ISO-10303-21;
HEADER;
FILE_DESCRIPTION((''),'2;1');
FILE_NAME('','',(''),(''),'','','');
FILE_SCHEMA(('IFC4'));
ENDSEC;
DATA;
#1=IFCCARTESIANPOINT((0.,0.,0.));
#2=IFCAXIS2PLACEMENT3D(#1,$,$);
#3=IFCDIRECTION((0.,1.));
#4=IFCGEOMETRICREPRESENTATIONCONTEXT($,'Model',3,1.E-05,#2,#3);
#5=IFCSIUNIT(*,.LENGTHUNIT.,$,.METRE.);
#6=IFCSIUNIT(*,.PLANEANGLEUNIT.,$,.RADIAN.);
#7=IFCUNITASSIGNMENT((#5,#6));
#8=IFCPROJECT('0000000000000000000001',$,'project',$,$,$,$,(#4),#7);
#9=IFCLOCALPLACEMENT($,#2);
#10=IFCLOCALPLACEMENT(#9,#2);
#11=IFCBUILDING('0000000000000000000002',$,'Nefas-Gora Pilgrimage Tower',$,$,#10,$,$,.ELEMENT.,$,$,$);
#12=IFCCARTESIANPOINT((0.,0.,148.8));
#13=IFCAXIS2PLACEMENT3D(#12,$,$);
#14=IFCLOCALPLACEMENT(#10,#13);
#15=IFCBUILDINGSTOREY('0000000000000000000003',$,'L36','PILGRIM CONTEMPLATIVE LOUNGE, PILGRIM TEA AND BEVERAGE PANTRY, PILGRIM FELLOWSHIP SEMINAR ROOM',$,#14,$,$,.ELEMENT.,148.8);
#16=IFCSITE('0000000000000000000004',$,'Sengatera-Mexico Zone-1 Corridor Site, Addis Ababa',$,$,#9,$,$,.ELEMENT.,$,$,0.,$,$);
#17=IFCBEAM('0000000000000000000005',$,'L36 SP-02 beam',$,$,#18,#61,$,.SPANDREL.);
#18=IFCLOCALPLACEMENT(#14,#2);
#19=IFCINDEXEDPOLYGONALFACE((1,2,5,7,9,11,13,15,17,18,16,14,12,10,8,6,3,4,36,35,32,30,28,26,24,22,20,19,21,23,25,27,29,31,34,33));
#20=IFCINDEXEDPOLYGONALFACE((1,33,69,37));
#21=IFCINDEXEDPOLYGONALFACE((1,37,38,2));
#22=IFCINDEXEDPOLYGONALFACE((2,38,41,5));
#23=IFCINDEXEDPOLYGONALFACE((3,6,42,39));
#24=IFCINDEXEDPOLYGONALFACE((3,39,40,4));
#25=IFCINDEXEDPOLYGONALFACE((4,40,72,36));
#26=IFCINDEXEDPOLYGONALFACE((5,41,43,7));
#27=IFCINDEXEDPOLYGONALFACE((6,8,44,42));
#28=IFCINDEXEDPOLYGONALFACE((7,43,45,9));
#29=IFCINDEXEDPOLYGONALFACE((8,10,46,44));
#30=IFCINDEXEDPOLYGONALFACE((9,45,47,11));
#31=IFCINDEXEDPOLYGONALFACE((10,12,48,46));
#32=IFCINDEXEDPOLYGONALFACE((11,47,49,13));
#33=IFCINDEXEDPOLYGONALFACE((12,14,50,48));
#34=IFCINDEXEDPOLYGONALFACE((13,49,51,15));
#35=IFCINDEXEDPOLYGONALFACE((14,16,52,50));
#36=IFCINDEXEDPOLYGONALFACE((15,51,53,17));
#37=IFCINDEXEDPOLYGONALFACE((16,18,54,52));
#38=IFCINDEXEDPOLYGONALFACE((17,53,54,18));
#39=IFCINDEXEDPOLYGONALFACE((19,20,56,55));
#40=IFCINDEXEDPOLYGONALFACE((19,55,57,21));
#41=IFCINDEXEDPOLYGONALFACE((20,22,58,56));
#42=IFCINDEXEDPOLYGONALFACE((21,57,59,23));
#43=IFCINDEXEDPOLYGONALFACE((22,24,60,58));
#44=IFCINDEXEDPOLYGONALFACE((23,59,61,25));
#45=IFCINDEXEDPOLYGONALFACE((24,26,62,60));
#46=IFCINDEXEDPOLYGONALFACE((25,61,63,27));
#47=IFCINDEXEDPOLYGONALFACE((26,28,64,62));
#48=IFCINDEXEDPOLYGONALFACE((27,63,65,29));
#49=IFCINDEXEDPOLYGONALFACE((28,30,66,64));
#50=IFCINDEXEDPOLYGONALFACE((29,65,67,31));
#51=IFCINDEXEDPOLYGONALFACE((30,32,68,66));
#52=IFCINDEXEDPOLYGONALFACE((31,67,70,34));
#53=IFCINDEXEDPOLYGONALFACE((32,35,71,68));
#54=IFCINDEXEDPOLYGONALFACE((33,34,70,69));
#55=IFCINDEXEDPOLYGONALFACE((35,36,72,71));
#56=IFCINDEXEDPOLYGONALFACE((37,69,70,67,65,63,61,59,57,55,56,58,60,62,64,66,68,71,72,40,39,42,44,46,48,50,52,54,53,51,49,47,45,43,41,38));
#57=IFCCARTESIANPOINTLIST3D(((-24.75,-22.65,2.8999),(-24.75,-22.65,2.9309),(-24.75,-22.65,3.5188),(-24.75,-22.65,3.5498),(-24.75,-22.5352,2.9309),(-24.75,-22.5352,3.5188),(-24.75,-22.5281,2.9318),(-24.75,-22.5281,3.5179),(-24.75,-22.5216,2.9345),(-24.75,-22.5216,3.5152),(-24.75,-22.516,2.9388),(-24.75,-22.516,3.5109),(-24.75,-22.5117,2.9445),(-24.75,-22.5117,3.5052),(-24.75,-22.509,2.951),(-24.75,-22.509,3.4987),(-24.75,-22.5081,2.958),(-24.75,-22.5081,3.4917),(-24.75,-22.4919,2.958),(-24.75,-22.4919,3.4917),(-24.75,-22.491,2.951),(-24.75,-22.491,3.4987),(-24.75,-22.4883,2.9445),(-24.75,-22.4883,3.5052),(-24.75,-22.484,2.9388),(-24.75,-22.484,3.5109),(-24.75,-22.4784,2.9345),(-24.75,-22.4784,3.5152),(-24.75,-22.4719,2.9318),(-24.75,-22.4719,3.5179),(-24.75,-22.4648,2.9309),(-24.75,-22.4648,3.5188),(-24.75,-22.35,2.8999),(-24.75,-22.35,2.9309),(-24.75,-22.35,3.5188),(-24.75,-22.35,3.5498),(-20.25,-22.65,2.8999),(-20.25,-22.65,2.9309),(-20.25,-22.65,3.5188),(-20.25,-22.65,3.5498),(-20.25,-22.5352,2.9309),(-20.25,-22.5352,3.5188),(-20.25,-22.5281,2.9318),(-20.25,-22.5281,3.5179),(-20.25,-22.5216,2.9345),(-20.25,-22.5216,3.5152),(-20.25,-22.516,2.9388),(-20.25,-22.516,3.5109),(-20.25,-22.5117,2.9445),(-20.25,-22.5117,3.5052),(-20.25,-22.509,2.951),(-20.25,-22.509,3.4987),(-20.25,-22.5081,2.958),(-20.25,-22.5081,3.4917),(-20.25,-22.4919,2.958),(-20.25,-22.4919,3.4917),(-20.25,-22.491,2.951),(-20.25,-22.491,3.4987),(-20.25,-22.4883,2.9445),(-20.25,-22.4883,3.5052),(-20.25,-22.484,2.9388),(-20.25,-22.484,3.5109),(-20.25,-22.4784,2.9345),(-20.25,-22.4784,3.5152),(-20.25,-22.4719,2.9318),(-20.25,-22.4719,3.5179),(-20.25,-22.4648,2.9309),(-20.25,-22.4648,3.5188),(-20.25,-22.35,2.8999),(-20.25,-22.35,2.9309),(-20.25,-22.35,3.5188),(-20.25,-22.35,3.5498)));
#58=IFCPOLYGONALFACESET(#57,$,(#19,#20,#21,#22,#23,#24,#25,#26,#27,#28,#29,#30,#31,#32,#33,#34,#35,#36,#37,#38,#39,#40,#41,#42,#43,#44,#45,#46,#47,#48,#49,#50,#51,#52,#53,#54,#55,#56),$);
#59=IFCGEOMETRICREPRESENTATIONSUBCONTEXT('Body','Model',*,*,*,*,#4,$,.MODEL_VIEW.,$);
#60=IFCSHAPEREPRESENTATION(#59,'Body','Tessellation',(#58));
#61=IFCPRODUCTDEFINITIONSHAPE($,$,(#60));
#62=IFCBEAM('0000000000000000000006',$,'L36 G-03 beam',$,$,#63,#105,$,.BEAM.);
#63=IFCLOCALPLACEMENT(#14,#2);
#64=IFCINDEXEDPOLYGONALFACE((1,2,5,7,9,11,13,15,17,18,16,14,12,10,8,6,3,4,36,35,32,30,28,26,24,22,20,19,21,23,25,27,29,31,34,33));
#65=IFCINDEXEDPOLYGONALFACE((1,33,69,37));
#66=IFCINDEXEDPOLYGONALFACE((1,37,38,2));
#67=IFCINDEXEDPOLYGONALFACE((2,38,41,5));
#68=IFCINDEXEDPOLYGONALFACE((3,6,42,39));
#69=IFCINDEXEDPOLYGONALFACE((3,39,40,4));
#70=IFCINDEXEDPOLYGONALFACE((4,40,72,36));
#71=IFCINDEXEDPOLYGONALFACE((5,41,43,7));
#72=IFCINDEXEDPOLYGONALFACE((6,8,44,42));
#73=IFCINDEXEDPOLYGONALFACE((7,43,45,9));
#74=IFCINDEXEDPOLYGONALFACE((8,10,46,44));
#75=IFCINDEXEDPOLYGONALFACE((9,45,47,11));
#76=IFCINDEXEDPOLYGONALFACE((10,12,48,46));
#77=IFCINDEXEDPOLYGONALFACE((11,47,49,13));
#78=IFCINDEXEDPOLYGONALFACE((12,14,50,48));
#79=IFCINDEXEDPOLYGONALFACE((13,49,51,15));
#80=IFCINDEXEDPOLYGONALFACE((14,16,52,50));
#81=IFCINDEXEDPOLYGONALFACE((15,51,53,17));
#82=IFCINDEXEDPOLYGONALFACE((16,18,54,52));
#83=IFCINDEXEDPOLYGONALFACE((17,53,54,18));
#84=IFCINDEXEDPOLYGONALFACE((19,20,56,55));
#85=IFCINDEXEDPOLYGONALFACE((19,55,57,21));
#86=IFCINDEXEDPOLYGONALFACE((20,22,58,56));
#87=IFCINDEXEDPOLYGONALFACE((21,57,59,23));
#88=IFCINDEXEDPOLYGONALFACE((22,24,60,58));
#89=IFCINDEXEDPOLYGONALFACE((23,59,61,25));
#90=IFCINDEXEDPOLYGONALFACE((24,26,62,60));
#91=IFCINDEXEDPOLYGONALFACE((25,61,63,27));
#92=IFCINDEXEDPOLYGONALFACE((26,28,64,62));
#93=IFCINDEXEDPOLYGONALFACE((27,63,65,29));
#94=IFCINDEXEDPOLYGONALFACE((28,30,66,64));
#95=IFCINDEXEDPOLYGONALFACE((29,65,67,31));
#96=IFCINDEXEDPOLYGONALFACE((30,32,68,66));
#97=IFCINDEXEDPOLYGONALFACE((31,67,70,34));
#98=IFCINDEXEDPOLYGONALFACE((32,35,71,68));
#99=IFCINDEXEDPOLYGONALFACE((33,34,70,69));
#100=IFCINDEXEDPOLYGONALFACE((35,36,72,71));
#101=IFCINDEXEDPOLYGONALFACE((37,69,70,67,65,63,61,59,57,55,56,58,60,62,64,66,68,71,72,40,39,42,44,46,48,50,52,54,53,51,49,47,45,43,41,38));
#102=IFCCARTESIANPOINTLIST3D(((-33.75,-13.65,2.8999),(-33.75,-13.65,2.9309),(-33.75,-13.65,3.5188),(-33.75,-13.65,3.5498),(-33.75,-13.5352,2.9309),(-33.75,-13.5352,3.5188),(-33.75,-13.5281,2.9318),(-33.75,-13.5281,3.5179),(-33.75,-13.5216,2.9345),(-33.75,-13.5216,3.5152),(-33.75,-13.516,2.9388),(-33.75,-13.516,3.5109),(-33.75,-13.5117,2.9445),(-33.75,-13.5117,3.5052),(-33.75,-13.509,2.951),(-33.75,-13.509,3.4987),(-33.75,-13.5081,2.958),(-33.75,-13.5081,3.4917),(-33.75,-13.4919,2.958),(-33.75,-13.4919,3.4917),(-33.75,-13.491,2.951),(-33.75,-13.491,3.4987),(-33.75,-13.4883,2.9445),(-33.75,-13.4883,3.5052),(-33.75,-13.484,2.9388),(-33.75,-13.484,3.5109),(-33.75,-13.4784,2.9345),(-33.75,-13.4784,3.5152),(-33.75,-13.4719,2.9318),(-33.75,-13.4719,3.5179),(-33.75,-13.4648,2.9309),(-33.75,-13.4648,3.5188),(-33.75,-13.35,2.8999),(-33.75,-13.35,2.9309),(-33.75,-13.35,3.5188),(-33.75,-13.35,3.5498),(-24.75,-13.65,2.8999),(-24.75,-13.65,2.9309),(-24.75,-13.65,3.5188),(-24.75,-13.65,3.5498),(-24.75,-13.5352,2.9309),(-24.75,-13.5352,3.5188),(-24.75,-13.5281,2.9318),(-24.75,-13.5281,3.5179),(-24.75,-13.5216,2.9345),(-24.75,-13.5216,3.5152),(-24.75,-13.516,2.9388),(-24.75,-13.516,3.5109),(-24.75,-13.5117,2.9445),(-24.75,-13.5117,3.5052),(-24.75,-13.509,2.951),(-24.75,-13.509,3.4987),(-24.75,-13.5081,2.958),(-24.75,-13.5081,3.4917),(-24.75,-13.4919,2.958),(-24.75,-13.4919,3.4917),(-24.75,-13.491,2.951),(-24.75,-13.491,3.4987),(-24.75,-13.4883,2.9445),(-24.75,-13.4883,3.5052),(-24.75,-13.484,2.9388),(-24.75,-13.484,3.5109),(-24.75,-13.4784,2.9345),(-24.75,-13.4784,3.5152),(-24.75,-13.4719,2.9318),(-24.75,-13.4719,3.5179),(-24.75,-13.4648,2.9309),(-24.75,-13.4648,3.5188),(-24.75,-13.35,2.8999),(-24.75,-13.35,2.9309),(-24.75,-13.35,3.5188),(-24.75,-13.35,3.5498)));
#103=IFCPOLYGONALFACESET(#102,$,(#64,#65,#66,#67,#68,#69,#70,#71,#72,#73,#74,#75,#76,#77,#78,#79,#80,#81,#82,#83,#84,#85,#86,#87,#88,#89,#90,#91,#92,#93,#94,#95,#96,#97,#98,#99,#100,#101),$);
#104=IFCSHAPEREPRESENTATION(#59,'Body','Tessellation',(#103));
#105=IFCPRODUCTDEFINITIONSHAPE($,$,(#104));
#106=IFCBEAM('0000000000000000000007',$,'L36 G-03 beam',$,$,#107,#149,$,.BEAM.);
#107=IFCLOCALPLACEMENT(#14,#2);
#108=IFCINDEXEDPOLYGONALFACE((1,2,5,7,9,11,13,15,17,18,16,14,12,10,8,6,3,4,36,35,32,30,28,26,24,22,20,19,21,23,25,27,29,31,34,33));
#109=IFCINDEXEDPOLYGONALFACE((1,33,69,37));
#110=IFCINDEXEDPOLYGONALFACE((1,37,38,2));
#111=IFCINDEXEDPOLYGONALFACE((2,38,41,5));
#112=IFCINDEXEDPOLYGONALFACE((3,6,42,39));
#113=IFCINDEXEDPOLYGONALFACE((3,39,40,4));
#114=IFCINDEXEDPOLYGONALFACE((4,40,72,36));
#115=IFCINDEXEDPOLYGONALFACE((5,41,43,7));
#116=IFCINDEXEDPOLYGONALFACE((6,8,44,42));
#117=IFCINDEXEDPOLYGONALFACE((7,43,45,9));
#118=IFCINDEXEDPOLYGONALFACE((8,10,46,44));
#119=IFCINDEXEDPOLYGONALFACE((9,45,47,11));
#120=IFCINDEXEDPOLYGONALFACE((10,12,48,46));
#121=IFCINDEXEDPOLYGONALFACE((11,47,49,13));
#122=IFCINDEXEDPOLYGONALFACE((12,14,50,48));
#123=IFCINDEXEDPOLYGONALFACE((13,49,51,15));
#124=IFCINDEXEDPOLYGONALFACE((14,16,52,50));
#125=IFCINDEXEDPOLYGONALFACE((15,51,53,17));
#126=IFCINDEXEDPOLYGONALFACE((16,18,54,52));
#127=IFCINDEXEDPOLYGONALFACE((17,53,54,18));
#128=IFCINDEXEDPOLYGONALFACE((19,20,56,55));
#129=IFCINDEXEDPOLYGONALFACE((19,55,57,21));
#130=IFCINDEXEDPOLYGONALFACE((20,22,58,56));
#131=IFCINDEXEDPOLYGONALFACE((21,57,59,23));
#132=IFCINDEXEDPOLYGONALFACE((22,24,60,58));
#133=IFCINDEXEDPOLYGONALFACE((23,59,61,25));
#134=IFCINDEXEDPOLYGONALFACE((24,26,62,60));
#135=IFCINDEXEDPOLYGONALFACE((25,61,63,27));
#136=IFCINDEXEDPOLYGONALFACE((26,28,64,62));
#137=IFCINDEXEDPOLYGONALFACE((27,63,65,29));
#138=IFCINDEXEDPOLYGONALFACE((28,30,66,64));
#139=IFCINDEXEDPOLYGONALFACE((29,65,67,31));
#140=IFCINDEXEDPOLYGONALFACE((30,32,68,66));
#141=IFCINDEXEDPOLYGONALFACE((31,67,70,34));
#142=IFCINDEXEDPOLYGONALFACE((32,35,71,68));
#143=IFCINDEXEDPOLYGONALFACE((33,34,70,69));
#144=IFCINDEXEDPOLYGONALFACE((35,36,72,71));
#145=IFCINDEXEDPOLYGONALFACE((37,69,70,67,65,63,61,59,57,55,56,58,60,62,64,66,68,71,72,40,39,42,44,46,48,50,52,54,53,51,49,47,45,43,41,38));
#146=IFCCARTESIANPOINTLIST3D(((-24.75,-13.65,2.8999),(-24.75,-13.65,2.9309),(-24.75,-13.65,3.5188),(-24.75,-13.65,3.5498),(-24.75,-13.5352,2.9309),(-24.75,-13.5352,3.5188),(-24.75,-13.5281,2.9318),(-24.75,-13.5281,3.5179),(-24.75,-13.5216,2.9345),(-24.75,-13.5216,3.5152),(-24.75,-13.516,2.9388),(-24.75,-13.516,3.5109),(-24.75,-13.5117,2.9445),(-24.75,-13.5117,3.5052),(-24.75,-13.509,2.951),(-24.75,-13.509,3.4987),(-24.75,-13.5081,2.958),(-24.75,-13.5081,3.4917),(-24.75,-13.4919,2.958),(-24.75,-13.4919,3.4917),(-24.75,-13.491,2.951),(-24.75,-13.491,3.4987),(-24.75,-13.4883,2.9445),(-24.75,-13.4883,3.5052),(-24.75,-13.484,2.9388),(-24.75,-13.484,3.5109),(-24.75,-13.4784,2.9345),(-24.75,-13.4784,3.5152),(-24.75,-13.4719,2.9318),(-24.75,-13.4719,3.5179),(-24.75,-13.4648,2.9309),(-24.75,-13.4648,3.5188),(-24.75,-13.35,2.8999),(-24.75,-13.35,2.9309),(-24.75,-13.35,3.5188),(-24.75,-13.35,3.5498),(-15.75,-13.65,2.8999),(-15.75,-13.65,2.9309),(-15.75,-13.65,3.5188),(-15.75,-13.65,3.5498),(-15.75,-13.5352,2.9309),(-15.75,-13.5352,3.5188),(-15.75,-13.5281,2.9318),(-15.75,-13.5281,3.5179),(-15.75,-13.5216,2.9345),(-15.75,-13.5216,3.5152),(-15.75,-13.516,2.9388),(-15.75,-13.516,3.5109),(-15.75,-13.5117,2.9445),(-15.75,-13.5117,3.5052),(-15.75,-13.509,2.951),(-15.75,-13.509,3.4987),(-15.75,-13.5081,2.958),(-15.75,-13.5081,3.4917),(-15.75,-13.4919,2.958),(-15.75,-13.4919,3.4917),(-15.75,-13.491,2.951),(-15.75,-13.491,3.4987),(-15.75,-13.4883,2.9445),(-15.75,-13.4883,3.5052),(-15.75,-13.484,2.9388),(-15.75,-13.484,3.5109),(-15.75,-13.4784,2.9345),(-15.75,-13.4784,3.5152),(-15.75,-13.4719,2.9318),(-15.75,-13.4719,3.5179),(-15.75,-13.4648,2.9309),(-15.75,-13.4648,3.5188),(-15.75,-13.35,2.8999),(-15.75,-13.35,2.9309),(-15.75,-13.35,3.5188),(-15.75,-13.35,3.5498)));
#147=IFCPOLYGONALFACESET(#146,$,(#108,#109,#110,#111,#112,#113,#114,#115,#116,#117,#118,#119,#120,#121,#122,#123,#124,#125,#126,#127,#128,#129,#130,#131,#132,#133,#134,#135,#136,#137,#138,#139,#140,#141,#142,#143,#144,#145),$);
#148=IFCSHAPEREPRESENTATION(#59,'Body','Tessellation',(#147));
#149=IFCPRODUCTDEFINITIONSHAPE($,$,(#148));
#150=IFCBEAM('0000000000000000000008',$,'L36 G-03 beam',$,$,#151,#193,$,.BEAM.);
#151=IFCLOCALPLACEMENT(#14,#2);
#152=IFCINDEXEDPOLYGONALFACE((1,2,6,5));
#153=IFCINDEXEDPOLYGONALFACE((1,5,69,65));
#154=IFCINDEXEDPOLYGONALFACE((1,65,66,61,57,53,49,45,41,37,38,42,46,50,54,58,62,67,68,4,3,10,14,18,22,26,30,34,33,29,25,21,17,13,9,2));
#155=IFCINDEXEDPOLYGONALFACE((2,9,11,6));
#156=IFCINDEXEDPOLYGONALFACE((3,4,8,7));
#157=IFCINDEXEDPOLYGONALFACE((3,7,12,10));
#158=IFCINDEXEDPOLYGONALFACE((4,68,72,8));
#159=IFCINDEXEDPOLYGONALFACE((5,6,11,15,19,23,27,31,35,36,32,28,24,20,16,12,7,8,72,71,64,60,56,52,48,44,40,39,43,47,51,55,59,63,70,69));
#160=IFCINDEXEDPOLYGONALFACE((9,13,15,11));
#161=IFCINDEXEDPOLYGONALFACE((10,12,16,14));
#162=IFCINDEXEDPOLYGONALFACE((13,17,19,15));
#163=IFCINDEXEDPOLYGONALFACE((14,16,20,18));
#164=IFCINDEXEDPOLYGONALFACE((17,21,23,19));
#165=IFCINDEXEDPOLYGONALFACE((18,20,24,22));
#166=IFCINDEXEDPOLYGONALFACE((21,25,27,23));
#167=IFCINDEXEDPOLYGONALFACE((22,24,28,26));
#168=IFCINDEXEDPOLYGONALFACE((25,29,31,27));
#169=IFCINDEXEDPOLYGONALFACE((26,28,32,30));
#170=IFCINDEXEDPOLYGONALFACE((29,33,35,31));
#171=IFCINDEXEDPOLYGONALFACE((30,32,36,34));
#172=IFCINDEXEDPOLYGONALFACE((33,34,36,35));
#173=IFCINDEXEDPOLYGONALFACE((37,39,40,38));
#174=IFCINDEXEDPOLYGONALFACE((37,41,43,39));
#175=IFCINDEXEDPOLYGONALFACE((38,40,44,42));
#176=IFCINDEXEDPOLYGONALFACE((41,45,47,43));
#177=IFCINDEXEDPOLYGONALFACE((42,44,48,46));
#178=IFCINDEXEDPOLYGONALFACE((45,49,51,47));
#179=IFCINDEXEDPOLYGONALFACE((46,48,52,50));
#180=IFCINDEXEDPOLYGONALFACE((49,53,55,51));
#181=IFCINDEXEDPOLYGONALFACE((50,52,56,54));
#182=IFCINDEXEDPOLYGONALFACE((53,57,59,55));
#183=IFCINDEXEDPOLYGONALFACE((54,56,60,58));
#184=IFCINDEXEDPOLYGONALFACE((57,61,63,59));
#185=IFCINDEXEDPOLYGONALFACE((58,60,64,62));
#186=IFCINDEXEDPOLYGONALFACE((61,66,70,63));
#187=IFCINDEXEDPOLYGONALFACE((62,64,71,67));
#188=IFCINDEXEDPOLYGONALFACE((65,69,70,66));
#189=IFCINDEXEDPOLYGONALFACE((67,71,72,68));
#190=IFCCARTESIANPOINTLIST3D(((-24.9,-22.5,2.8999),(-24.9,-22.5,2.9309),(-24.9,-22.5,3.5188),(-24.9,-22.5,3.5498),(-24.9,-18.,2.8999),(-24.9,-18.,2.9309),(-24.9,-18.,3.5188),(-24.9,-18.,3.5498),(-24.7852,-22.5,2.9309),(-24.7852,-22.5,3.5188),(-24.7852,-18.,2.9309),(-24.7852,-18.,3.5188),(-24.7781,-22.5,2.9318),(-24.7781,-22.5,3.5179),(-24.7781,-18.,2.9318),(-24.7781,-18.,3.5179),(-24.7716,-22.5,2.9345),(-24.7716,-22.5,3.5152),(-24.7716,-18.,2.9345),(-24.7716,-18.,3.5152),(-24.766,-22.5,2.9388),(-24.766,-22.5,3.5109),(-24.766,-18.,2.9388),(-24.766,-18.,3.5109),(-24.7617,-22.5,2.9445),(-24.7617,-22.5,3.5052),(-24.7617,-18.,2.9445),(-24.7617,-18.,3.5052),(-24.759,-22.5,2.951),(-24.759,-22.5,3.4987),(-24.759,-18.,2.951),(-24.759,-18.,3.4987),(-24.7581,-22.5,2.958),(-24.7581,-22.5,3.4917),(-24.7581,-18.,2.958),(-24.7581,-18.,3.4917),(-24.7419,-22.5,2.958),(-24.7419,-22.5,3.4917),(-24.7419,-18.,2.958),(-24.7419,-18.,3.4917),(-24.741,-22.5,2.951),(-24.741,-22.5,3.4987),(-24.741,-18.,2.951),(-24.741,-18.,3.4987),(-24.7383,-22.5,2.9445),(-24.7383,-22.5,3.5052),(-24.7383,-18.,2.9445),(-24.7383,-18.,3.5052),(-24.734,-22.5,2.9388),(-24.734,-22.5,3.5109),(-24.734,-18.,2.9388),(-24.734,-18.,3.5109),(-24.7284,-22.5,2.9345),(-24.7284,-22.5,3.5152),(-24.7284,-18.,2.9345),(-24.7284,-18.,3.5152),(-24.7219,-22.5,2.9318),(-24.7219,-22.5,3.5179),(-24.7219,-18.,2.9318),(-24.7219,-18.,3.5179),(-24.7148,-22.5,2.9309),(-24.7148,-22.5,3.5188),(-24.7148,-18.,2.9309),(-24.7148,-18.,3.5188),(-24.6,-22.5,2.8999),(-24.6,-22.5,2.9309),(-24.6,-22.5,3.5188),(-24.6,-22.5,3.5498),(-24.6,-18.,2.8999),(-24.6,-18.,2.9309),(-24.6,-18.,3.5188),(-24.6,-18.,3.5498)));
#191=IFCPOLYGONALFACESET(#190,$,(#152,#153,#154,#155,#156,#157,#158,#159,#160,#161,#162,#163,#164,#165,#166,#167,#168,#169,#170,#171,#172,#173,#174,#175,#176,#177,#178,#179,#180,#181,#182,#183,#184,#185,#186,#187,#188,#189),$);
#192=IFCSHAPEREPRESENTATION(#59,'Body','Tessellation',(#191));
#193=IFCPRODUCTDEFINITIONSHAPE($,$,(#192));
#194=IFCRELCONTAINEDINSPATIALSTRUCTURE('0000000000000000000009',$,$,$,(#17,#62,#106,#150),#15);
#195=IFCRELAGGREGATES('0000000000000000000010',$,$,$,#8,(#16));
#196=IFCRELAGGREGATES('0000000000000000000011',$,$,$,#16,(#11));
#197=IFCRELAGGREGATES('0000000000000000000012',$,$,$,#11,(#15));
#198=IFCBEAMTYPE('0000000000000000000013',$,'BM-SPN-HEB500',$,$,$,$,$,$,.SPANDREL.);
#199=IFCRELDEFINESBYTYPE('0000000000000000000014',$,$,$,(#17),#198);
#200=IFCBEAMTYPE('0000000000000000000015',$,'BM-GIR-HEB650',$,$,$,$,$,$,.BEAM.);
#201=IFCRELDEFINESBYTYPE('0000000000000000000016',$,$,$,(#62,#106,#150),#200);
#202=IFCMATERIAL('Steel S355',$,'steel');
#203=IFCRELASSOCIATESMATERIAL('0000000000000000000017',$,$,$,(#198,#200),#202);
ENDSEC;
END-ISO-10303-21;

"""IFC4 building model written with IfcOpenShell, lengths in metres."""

from ifc_helpers import new_model, si_unit, direction, frame, origin, origin_2d, place, context, subcontext, project, spatial, i_section, extrude, source, transform, mapped, material, material_profile, profile_set, type_object, element, save


model = new_model("IFC4")

# Units and contexts
model_context = context("Model", 3, precision=1e-05, world=origin(), true_north=direction((0.0, 1.0)))
body_context = subcontext(model_context, "Body", "Model", "MODEL_VIEW")
ifc_project = project(units=[si_unit("LENGTHUNIT", "METRE"), si_unit("PLANEANGLEUNIT", "RADIAN")], contexts=[model_context])

# Site, building, storey
site_placement = place(None, origin())
site = spatial("IfcSite", under=ifc_project, at=site_placement, Name="Sengatera-Mexico Zone-1 Corridor Site, Addis Ababa", CompositionType="ELEMENT", RefElevation=0.0)
building_placement = place(site_placement, origin())
building = spatial("IfcBuilding", under=site, at=building_placement, Name="Nefas-Gora Pilgrimage Tower", CompositionType="ELEMENT")
storey_placement = place(building_placement, frame((0.0, 0.0, 148.8)))
storey = spatial("IfcBuildingStorey", under=building, at=storey_placement, Name="L36", Description="PILGRIM CONTEMPLATIVE LOUNGE, PILGRIM TEA AND BEVERAGE PANTRY, PILGRIM FELLOWSHIP SEMINAR ROOM", CompositionType="ELEMENT", Elevation=148.8)

# Beams
ifc_material_1 = material(Name="Steel S355", Category="steel")
ifc_material_profile_1 = material_profile(ifc_material_1, i_section(OverallWidth=0.3, OverallDepth=0.6499, WebThickness=0.0161, FlangeThickness=0.031, FilletRadius=0.0271, at=origin_2d()), Name="HEB 650")
ifc_profile_set_1 = profile_set([ifc_material_profile_1], Name="Steel S355")
beam_type_1 = type_object("IfcBeamType", Name="BM-SPN-HEB500", PredefinedType="SPANDREL", material=ifc_profile_set_1)
shared_shape_1 = source(origin(), body_context, "Body", "SweptSolid", [
    extrude(i_section(OverallWidth=0.3, OverallDepth=0.6499, WebThickness=0.0161, FlangeThickness=0.031, FilletRadius=0.0271, at=origin_2d()), origin(), (0.0, 0.0, 1.0), 4.5),
])
for number, where, z_axis, x_axis, name in (
    (1, (-24.75, -22.5, 3.2249), (1.0, 0.0, 0.0), (0.0, 1.0, 0.0), "L36 SP-02 beam"),
):
    element("IfcBeam", number, at=place(storey_placement, frame(where, z_axis=z_axis, x_axis=x_axis)), inside=storey, type_object=beam_type_1, Name=name, PredefinedType="SPANDREL", context=body_context, shape_type="MappedRepresentation", body=[
        mapped(shared_shape_1, transform((0.0, 0.0, 0.0), x_axis=(1.0, 0.0, 0.0), y_axis=(0.0, 1.0, 0.0), z_axis=(0.0, 0.0, 1.0), scale=1.0)),
    ])
ifc_material_profile_2 = material_profile(ifc_material_1, i_section(OverallWidth=0.3, OverallDepth=0.6499, WebThickness=0.0161, FlangeThickness=0.031, FilletRadius=0.0271, at=origin_2d()), Name="HEB 650")
ifc_profile_set_2 = profile_set([ifc_material_profile_2], Name="Steel S355")
beam_type_2 = type_object("IfcBeamType", Name="BM-GIR-HEB650", PredefinedType="BEAM", material=ifc_profile_set_2)
shared_shape_2 = source(origin(), body_context, "Body", "SweptSolid", [
    extrude(i_section(OverallWidth=0.3, OverallDepth=0.6499, WebThickness=0.0161, FlangeThickness=0.031, FilletRadius=0.0271, at=origin_2d()), origin(), (0.0, 0.0, 1.0), 9.0),
])
for number, where, z_axis, x_axis, name in (
    (2, (-33.75, -13.5, 3.2249), (1.0, 0.0, 0.0), (0.0, 1.0, 0.0), "L36 G-03 beam"),
    (3, (-24.75, -13.5, 3.2249), (1.0, 0.0, 0.0), (0.0, 1.0, 0.0), "L36 G-03 beam"),
):
    element("IfcBeam", number, at=place(storey_placement, frame(where, z_axis=z_axis, x_axis=x_axis)), inside=storey, type_object=beam_type_2, Name=name, PredefinedType="BEAM", context=body_context, shape_type="MappedRepresentation", body=[
        mapped(shared_shape_2, transform((0.0, 0.0, 0.0), x_axis=(1.0, 0.0, 0.0), y_axis=(0.0, 1.0, 0.0), z_axis=(0.0, 0.0, 1.0), scale=1.0)),
    ])
shared_shape_3 = source(origin(), body_context, "Body", "SweptSolid", [
    extrude(i_section(OverallWidth=0.3, OverallDepth=0.6499, WebThickness=0.0161, FlangeThickness=0.031, FilletRadius=0.0271, at=origin_2d()), origin(), (0.0, 0.0, 1.0), 4.5),
])
for number, where, z_axis, x_axis, name in (
    (4, (-24.75, -22.5, 3.2249), (0.0, 1.0, 0.0), (-1.0, 0.0, 0.0), "L36 G-03 beam"),
):
    element("IfcBeam", number, at=place(storey_placement, frame(where, z_axis=z_axis, x_axis=x_axis)), inside=storey, type_object=beam_type_2, Name=name, PredefinedType="BEAM", context=body_context, shape_type="MappedRepresentation", body=[
        mapped(shared_shape_3, transform((0.0, 0.0, 0.0), x_axis=(1.0, 0.0, 0.0), y_axis=(0.0, 1.0, 0.0), z_axis=(0.0, 0.0, 1.0), scale=1.0)),
    ])

save(model, "model.ifc")
